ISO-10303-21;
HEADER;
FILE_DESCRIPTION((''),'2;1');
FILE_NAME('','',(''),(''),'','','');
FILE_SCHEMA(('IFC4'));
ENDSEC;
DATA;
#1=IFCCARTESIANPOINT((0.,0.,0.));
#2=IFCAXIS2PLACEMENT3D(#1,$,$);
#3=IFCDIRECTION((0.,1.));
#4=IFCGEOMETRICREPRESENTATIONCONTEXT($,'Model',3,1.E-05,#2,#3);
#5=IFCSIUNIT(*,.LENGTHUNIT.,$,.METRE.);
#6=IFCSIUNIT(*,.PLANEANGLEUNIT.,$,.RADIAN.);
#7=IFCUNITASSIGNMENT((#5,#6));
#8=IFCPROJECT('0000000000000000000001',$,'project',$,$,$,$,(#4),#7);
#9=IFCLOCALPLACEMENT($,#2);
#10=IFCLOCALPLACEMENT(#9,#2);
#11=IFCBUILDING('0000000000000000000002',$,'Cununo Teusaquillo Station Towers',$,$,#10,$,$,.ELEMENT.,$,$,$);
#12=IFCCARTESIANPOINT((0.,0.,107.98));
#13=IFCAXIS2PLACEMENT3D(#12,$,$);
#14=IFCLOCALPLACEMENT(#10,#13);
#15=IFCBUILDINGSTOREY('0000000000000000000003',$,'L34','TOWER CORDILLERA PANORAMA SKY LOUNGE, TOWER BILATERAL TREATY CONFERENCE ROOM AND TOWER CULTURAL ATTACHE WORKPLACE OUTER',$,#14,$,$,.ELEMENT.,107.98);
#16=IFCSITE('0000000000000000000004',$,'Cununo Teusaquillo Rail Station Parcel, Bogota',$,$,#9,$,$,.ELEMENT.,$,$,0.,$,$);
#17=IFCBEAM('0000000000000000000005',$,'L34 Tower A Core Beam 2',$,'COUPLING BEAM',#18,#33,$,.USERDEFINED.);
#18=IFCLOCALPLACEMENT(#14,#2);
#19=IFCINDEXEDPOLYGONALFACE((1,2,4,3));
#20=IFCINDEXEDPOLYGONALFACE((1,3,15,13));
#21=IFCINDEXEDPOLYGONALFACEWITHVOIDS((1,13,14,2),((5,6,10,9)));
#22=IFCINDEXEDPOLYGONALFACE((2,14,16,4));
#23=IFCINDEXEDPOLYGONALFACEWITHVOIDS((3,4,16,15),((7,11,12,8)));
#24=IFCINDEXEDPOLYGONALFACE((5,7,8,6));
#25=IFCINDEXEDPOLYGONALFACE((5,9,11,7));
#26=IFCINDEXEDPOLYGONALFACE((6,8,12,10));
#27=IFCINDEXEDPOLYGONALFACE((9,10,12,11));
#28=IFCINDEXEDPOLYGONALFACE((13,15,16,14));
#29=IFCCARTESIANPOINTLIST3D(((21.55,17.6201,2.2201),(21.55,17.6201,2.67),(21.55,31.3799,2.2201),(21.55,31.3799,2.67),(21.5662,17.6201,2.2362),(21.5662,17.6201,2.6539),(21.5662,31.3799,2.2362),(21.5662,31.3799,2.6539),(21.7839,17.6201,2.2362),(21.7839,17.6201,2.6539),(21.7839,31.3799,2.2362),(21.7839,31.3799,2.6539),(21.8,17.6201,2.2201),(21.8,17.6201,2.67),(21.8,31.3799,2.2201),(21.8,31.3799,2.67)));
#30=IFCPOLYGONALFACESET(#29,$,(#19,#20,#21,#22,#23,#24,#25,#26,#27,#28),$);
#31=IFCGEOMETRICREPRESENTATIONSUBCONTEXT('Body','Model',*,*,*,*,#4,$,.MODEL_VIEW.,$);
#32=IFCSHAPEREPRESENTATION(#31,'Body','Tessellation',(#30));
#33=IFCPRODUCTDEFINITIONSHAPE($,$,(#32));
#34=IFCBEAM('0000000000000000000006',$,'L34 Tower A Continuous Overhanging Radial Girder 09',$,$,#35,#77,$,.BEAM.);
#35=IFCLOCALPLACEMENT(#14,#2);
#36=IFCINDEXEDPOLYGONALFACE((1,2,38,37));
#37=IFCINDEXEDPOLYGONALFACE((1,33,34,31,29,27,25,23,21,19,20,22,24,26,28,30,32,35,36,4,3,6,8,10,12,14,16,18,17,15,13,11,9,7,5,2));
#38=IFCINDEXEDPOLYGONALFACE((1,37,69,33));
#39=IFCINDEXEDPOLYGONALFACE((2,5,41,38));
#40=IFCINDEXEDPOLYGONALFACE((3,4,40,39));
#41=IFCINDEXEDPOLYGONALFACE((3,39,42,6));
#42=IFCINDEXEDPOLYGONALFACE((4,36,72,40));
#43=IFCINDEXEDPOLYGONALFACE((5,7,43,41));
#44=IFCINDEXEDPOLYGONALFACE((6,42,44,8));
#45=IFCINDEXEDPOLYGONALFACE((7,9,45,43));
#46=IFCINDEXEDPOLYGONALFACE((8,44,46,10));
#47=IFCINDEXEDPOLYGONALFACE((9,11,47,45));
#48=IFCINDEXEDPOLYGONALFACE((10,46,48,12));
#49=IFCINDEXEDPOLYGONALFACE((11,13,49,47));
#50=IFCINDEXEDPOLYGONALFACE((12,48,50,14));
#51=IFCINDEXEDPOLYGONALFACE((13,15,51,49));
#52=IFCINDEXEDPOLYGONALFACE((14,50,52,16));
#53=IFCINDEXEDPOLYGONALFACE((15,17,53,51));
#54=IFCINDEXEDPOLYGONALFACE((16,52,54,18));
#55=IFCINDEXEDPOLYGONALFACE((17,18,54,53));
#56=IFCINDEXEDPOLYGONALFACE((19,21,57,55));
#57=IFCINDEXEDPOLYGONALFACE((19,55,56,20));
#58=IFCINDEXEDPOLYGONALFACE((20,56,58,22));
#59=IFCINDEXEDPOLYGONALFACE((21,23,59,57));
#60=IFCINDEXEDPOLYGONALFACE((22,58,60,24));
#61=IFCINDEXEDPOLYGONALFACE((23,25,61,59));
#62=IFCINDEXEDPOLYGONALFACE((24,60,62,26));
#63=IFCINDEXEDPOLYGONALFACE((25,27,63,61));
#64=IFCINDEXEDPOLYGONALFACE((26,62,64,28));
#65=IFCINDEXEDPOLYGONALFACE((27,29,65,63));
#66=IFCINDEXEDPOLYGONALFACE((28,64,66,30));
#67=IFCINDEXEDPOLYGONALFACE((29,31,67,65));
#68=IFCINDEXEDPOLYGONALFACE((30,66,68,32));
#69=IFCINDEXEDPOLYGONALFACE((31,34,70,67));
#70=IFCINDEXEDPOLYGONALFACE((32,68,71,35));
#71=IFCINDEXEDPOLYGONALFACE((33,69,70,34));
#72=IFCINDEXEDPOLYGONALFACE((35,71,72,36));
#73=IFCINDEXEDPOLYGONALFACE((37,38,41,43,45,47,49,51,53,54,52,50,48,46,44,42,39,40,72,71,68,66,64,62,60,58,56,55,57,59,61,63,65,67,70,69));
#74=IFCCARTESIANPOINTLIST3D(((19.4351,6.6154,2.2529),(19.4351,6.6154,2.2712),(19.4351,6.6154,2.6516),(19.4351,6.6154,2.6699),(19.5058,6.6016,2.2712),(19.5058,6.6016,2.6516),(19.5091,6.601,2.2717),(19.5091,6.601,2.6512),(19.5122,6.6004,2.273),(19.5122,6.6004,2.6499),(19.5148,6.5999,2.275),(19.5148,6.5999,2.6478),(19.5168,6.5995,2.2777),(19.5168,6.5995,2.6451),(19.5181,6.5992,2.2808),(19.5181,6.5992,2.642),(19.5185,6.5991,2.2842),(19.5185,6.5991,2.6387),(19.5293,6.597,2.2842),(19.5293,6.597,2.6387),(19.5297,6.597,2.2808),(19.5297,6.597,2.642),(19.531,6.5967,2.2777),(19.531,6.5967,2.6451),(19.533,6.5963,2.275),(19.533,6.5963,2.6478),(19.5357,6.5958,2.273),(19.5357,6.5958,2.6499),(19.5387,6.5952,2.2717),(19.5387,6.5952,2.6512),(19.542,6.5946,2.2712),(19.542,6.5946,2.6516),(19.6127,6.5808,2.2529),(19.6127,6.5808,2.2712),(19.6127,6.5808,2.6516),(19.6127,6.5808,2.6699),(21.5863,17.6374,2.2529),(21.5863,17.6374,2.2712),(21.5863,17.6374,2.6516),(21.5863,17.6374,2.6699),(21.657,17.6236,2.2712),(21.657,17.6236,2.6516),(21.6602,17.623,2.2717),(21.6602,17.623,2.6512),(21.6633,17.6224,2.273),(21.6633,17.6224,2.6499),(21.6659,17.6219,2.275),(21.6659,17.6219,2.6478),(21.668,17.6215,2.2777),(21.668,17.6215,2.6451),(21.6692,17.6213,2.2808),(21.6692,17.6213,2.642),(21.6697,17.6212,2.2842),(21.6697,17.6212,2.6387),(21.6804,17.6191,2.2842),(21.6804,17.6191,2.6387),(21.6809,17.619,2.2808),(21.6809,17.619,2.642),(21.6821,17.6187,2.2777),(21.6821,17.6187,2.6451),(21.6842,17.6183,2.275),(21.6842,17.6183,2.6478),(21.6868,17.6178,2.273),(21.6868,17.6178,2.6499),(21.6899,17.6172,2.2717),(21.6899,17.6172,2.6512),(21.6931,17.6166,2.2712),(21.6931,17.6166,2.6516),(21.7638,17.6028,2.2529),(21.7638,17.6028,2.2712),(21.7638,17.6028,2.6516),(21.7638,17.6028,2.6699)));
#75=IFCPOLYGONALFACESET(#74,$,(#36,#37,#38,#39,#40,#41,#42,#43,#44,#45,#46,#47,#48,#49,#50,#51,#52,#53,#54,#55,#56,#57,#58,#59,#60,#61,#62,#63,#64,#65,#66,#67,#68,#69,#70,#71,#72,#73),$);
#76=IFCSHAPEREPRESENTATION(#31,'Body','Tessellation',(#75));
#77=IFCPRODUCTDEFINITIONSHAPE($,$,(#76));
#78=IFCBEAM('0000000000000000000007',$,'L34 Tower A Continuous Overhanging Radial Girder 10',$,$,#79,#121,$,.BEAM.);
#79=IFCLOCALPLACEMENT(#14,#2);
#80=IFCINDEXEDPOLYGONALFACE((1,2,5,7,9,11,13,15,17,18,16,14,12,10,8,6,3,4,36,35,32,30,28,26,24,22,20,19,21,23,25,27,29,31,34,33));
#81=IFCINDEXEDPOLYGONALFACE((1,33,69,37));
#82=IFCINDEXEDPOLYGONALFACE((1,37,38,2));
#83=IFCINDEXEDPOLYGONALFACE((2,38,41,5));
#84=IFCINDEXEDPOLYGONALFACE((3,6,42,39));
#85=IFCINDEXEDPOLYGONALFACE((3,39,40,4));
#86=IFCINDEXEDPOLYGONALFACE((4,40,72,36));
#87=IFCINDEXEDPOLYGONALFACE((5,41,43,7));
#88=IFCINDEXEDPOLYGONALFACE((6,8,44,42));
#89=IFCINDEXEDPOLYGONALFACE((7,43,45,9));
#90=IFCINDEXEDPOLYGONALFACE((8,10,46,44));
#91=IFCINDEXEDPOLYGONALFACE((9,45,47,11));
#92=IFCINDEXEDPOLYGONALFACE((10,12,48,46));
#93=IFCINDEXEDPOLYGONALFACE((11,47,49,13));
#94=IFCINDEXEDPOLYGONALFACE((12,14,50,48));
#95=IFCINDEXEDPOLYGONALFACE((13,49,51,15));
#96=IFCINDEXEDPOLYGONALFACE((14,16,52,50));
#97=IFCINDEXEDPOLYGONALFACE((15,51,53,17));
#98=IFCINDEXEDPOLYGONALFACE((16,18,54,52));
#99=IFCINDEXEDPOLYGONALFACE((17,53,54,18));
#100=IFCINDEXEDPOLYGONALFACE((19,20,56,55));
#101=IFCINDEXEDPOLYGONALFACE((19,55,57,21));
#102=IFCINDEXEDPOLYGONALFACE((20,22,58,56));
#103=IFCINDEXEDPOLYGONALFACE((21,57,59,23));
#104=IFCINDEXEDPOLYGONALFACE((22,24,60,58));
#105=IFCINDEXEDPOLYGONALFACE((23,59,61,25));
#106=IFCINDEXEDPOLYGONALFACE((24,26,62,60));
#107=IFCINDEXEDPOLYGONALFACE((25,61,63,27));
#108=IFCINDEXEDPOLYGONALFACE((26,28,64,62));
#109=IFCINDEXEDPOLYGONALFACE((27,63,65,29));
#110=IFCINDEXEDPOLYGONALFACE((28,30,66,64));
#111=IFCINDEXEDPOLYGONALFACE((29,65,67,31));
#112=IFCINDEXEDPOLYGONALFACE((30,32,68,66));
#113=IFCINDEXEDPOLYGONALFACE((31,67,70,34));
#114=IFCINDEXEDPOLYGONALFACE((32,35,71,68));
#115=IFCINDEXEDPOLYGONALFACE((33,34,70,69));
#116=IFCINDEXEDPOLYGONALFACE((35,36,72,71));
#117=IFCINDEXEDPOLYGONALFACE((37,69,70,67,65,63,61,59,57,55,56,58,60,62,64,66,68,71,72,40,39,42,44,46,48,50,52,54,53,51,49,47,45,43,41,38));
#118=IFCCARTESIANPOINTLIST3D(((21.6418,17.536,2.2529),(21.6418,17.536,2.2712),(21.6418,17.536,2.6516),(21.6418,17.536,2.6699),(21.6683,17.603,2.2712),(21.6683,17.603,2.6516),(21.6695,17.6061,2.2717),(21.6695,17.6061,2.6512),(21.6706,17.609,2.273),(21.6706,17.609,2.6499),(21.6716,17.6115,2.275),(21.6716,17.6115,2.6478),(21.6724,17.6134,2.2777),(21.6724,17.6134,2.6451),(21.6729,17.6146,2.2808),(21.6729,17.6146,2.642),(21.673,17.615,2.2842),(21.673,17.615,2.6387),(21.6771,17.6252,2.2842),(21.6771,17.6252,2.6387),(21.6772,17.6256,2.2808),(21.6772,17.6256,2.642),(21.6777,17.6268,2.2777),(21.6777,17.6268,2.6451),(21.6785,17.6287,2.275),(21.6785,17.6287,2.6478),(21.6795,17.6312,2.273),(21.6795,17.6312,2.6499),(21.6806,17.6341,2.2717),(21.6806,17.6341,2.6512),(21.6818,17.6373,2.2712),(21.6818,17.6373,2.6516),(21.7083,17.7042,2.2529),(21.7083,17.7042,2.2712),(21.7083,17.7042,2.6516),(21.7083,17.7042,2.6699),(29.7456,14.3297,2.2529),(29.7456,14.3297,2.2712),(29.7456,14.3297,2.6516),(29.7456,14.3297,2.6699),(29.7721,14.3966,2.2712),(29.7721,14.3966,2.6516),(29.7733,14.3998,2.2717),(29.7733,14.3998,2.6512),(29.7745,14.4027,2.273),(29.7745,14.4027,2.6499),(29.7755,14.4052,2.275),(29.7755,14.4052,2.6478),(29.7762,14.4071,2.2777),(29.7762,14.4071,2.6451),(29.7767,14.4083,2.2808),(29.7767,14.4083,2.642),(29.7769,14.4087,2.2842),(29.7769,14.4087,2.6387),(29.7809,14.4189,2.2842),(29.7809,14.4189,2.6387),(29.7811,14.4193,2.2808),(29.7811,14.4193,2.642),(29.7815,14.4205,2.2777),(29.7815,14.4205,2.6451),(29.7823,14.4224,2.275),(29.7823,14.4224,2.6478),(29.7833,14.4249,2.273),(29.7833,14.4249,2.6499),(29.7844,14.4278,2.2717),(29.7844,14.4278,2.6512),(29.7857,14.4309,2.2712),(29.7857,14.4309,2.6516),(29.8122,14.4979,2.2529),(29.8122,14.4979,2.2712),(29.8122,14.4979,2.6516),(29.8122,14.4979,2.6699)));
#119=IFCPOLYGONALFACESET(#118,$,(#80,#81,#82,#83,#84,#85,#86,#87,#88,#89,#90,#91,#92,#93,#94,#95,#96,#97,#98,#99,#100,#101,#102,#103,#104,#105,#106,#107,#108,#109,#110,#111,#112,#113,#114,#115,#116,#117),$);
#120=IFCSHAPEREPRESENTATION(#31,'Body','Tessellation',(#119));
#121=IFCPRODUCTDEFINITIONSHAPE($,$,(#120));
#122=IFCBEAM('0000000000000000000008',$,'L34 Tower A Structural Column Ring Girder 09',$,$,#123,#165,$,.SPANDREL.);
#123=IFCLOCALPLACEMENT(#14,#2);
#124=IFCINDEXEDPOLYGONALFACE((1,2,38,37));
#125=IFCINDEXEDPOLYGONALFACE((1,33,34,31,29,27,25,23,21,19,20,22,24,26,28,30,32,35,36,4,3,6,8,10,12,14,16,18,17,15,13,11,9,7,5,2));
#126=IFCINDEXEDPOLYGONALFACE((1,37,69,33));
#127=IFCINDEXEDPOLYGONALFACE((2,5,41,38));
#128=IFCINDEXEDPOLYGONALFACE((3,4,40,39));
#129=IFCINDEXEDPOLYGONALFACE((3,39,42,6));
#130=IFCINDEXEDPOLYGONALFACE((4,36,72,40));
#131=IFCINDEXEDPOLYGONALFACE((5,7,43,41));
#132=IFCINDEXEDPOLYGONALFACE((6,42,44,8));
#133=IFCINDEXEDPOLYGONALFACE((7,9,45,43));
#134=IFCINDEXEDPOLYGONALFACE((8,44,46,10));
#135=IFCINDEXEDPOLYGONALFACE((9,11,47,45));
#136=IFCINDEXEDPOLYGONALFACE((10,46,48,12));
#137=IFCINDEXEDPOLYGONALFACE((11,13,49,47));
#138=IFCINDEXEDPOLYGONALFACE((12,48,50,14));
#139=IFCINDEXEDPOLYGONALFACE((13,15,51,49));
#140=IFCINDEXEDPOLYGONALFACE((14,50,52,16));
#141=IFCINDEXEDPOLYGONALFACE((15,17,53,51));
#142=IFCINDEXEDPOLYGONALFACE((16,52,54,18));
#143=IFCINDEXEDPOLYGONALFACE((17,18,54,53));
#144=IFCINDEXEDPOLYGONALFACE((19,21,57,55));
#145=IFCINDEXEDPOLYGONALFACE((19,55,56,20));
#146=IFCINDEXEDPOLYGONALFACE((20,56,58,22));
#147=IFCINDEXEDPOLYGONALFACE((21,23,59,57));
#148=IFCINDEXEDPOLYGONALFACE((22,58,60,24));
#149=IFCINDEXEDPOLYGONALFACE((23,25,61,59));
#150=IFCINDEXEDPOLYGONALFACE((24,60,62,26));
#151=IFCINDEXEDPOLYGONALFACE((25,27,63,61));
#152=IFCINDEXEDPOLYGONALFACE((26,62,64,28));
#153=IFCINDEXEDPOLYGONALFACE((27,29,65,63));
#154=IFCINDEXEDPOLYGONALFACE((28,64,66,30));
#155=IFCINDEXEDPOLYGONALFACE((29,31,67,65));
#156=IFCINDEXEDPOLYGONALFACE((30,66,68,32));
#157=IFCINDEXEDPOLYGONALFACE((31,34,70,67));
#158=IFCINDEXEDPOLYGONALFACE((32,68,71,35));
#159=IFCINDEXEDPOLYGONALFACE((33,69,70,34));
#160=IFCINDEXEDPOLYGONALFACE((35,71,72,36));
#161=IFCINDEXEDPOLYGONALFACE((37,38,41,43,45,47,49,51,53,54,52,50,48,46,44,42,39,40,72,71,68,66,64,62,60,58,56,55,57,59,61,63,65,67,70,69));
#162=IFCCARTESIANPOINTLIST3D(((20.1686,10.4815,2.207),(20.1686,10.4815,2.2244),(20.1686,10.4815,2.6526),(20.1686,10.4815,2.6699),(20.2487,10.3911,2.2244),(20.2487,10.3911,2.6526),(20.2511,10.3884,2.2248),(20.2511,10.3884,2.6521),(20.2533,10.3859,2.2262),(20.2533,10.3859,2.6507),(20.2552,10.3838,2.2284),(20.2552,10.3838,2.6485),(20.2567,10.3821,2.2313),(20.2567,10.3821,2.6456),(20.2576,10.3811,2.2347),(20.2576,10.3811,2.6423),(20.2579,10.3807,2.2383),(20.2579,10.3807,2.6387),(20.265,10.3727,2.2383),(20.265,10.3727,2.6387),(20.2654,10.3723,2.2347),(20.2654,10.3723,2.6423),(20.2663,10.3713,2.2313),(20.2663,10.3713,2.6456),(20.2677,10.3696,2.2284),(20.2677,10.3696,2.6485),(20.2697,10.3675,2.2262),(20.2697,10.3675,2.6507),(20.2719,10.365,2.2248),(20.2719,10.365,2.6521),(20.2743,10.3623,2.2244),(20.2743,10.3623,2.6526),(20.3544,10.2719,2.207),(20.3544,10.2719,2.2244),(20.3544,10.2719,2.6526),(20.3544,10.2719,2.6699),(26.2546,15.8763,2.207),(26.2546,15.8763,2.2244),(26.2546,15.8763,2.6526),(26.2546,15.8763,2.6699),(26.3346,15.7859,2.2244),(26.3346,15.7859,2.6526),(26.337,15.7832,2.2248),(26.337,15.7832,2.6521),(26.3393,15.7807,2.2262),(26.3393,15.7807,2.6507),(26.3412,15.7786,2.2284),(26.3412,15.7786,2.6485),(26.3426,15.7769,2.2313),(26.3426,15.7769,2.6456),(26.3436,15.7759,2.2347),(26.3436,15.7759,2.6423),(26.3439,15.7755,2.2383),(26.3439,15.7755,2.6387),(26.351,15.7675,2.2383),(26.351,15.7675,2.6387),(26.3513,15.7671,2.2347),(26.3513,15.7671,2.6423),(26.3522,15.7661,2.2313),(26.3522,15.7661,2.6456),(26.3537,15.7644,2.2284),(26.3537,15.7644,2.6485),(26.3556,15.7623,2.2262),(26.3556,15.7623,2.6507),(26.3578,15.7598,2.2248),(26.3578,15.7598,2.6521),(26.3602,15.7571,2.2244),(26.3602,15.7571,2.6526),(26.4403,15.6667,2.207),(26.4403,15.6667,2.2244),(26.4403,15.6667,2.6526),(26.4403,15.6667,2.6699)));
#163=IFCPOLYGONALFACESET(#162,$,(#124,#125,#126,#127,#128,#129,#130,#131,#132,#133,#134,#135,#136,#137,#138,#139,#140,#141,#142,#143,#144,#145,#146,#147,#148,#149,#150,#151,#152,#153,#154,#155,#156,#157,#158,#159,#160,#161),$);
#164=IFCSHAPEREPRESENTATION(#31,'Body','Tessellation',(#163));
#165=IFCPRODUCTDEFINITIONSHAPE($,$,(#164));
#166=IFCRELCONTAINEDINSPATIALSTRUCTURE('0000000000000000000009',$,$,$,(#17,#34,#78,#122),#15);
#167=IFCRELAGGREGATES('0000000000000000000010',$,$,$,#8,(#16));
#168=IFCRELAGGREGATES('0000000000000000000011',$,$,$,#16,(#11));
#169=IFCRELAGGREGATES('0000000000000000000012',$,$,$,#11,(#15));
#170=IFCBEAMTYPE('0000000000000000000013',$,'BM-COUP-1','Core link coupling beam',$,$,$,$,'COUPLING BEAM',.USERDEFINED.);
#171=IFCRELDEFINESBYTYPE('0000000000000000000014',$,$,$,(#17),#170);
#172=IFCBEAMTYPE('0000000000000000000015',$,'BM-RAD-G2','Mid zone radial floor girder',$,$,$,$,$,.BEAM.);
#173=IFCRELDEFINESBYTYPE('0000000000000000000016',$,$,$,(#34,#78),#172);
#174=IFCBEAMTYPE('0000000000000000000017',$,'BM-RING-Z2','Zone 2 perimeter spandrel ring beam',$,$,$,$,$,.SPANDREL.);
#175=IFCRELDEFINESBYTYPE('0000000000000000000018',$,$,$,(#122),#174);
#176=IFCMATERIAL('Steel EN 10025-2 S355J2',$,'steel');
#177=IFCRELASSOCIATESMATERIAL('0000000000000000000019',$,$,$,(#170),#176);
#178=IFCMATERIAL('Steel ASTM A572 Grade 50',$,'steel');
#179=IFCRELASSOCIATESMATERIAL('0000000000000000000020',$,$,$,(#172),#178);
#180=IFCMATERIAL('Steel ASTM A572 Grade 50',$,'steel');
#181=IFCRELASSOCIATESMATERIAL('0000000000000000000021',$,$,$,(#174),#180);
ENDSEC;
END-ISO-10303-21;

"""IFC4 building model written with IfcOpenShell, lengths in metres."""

from ifc_helpers import new_model, si_unit, direction, frame, origin, origin_2d, place, context, subcontext, project, spatial, hollow_rectangle, i_section, extrude, material, material_profile, profile_set, type_object, element, save


model = new_model("IFC4")

# Units and contexts
model_context = context("Model", 3, precision=1e-05, world=origin(), true_north=direction((0.0, 1.0)))
body_context = subcontext(model_context, "Body", "Model", "MODEL_VIEW")
ifc_project = project(units=[si_unit("LENGTHUNIT", "METRE"), si_unit("PLANEANGLEUNIT", "RADIAN")], contexts=[model_context])

# Site, building, storey
site_placement = place(None, origin())
site = spatial("IfcSite", under=ifc_project, at=site_placement, Name="Cununo Teusaquillo Rail Station Parcel, Bogota", CompositionType="ELEMENT", RefElevation=0.0)
building_placement = place(site_placement, origin())
building = spatial("IfcBuilding", under=site, at=building_placement, Name="Cununo Teusaquillo Station Towers", CompositionType="ELEMENT")
storey_placement = place(building_placement, frame((0.0, 0.0, 107.98)))
storey = spatial("IfcBuildingStorey", under=building, at=storey_placement, Name="L34", Description="TOWER CORDILLERA PANORAMA SKY LOUNGE, TOWER BILATERAL TREATY CONFERENCE ROOM AND TOWER CULTURAL ATTACHE WORKPLACE OUTER", CompositionType="ELEMENT", Elevation=107.98)

# Beams
ifc_material_1 = material(Name="Steel EN 10025-2 S355J2", Category="steel")
ifc_material_profile_1 = material_profile(ifc_material_1, hollow_rectangle(XDim=0.25, YDim=0.45, WallThickness=0.0161, at=origin_2d()), Name="RHS 450x250x16")
ifc_profile_set_1 = profile_set([ifc_material_profile_1], Name="Steel EN 10025-2 S355J2")
beam_type_1 = type_object("IfcBeamType", Name="BM-COUP-1", Description="Core link coupling beam", ElementType="COUPLING BEAM", PredefinedType="USERDEFINED", material=ifc_profile_set_1)
beam_1_placement = place(storey_placement, frame((21.675, 17.6201, 2.4451), z_axis=(0.0, 1.0, 0.0), x_axis=(-1.0, 0.0, 0.0)))
element("IfcBeam", 1, at=beam_1_placement, inside=storey, type_object=beam_type_1, Name="L34 Tower A Core Beam 2", ObjectType="COUPLING BEAM", PredefinedType="USERDEFINED", context=body_context, shape_type="SweptSolid", body=[
    extrude(hollow_rectangle(XDim=0.25, YDim=0.45, WallThickness=0.0161, at=origin_2d()), origin(), (0.0, 0.0, 1.0), 13.7598),
])
ifc_material_2 = material(Name="Steel ASTM A572 Grade 50", Category="steel")
ifc_material_profile_2 = material_profile(ifc_material_2, i_section(OverallWidth=0.1809, OverallDepth=0.417, WebThickness=0.011, FlangeThickness=0.0183, FilletRadius=0.0129, at=origin_2d()), Name="W16X57")
ifc_profile_set_2 = profile_set([ifc_material_profile_2], Name="Steel ASTM A572 Grade 50")
beam_type_2 = type_object("IfcBeamType", Name="BM-RAD-G2", Description="Mid zone radial floor girder", PredefinedType="BEAM", material=ifc_profile_set_2)
beam_2_placement = place(storey_placement, frame((21.675, 17.6201, 2.4614), z_axis=(-0.191553, -0.981482, 0.0), x_axis=(0.981482, -0.191553, 0.0)))
element("IfcBeam", 2, at=beam_2_placement, inside=storey, type_object=beam_type_2, Name="L34 Tower A Continuous Overhanging Radial Girder 09", PredefinedType="BEAM", context=body_context, shape_type="SweptSolid", body=[
    extrude(i_section(OverallWidth=0.1809, OverallDepth=0.417, WebThickness=0.011, FlangeThickness=0.0183, FilletRadius=0.0129, at=origin_2d()), origin(), (0.0, 0.0, 1.0), 11.23),
])
beam_3_placement = place(storey_placement, frame((21.675, 17.6201, 2.4614), z_axis=(0.929863, -0.367906, 0.0), x_axis=(0.367906, 0.929863, 0.0)))
element("IfcBeam", 3, at=beam_3_placement, inside=storey, type_object=beam_type_2, Name="L34 Tower A Continuous Overhanging Radial Girder 10", PredefinedType="BEAM", context=body_context, shape_type="SweptSolid", body=[
    extrude(i_section(OverallWidth=0.1809, OverallDepth=0.417, WebThickness=0.011, FlangeThickness=0.0183, FilletRadius=0.0129, at=origin_2d()), origin(), (0.0, 0.0, 1.0), 8.7151),
])
ifc_material_3 = material(Name="Steel ASTM A572 Grade 50", Category="steel")
ifc_material_profile_3 = material_profile(ifc_material_3, i_section(OverallWidth=0.28, OverallDepth=0.4629, WebThickness=0.0107, FlangeThickness=0.0173, FilletRadius=0.0139, at=origin_2d()), Name="W18X76")
ifc_profile_set_3 = profile_set([ifc_material_profile_3], Name="Steel ASTM A572 Grade 50")
beam_type_3 = type_object("IfcBeamType", Name="BM-RING-Z2", Description="Zone 2 perimeter spandrel ring beam", PredefinedType="SPANDREL", material=ifc_profile_set_3)
beam_4_placement = place(storey_placement, frame((20.2615, 10.3767, 2.4385), z_axis=(0.748321, 0.663337, 0.0), x_axis=(-0.663337, 0.748321, 0.0)))
element("IfcBeam", 4, at=beam_4_placement, inside=storey, type_object=beam_type_3, Name="L34 Tower A Structural Column Ring Girder 09", PredefinedType="SPANDREL", context=body_context, shape_type="SweptSolid", body=[
    extrude(i_section(OverallWidth=0.28, OverallDepth=0.4629, WebThickness=0.0107, FlangeThickness=0.0173, FilletRadius=0.0139, at=origin_2d()), origin(), (0.0, 0.0, 1.0), 8.1328),
])

save(model, "model.ifc")
